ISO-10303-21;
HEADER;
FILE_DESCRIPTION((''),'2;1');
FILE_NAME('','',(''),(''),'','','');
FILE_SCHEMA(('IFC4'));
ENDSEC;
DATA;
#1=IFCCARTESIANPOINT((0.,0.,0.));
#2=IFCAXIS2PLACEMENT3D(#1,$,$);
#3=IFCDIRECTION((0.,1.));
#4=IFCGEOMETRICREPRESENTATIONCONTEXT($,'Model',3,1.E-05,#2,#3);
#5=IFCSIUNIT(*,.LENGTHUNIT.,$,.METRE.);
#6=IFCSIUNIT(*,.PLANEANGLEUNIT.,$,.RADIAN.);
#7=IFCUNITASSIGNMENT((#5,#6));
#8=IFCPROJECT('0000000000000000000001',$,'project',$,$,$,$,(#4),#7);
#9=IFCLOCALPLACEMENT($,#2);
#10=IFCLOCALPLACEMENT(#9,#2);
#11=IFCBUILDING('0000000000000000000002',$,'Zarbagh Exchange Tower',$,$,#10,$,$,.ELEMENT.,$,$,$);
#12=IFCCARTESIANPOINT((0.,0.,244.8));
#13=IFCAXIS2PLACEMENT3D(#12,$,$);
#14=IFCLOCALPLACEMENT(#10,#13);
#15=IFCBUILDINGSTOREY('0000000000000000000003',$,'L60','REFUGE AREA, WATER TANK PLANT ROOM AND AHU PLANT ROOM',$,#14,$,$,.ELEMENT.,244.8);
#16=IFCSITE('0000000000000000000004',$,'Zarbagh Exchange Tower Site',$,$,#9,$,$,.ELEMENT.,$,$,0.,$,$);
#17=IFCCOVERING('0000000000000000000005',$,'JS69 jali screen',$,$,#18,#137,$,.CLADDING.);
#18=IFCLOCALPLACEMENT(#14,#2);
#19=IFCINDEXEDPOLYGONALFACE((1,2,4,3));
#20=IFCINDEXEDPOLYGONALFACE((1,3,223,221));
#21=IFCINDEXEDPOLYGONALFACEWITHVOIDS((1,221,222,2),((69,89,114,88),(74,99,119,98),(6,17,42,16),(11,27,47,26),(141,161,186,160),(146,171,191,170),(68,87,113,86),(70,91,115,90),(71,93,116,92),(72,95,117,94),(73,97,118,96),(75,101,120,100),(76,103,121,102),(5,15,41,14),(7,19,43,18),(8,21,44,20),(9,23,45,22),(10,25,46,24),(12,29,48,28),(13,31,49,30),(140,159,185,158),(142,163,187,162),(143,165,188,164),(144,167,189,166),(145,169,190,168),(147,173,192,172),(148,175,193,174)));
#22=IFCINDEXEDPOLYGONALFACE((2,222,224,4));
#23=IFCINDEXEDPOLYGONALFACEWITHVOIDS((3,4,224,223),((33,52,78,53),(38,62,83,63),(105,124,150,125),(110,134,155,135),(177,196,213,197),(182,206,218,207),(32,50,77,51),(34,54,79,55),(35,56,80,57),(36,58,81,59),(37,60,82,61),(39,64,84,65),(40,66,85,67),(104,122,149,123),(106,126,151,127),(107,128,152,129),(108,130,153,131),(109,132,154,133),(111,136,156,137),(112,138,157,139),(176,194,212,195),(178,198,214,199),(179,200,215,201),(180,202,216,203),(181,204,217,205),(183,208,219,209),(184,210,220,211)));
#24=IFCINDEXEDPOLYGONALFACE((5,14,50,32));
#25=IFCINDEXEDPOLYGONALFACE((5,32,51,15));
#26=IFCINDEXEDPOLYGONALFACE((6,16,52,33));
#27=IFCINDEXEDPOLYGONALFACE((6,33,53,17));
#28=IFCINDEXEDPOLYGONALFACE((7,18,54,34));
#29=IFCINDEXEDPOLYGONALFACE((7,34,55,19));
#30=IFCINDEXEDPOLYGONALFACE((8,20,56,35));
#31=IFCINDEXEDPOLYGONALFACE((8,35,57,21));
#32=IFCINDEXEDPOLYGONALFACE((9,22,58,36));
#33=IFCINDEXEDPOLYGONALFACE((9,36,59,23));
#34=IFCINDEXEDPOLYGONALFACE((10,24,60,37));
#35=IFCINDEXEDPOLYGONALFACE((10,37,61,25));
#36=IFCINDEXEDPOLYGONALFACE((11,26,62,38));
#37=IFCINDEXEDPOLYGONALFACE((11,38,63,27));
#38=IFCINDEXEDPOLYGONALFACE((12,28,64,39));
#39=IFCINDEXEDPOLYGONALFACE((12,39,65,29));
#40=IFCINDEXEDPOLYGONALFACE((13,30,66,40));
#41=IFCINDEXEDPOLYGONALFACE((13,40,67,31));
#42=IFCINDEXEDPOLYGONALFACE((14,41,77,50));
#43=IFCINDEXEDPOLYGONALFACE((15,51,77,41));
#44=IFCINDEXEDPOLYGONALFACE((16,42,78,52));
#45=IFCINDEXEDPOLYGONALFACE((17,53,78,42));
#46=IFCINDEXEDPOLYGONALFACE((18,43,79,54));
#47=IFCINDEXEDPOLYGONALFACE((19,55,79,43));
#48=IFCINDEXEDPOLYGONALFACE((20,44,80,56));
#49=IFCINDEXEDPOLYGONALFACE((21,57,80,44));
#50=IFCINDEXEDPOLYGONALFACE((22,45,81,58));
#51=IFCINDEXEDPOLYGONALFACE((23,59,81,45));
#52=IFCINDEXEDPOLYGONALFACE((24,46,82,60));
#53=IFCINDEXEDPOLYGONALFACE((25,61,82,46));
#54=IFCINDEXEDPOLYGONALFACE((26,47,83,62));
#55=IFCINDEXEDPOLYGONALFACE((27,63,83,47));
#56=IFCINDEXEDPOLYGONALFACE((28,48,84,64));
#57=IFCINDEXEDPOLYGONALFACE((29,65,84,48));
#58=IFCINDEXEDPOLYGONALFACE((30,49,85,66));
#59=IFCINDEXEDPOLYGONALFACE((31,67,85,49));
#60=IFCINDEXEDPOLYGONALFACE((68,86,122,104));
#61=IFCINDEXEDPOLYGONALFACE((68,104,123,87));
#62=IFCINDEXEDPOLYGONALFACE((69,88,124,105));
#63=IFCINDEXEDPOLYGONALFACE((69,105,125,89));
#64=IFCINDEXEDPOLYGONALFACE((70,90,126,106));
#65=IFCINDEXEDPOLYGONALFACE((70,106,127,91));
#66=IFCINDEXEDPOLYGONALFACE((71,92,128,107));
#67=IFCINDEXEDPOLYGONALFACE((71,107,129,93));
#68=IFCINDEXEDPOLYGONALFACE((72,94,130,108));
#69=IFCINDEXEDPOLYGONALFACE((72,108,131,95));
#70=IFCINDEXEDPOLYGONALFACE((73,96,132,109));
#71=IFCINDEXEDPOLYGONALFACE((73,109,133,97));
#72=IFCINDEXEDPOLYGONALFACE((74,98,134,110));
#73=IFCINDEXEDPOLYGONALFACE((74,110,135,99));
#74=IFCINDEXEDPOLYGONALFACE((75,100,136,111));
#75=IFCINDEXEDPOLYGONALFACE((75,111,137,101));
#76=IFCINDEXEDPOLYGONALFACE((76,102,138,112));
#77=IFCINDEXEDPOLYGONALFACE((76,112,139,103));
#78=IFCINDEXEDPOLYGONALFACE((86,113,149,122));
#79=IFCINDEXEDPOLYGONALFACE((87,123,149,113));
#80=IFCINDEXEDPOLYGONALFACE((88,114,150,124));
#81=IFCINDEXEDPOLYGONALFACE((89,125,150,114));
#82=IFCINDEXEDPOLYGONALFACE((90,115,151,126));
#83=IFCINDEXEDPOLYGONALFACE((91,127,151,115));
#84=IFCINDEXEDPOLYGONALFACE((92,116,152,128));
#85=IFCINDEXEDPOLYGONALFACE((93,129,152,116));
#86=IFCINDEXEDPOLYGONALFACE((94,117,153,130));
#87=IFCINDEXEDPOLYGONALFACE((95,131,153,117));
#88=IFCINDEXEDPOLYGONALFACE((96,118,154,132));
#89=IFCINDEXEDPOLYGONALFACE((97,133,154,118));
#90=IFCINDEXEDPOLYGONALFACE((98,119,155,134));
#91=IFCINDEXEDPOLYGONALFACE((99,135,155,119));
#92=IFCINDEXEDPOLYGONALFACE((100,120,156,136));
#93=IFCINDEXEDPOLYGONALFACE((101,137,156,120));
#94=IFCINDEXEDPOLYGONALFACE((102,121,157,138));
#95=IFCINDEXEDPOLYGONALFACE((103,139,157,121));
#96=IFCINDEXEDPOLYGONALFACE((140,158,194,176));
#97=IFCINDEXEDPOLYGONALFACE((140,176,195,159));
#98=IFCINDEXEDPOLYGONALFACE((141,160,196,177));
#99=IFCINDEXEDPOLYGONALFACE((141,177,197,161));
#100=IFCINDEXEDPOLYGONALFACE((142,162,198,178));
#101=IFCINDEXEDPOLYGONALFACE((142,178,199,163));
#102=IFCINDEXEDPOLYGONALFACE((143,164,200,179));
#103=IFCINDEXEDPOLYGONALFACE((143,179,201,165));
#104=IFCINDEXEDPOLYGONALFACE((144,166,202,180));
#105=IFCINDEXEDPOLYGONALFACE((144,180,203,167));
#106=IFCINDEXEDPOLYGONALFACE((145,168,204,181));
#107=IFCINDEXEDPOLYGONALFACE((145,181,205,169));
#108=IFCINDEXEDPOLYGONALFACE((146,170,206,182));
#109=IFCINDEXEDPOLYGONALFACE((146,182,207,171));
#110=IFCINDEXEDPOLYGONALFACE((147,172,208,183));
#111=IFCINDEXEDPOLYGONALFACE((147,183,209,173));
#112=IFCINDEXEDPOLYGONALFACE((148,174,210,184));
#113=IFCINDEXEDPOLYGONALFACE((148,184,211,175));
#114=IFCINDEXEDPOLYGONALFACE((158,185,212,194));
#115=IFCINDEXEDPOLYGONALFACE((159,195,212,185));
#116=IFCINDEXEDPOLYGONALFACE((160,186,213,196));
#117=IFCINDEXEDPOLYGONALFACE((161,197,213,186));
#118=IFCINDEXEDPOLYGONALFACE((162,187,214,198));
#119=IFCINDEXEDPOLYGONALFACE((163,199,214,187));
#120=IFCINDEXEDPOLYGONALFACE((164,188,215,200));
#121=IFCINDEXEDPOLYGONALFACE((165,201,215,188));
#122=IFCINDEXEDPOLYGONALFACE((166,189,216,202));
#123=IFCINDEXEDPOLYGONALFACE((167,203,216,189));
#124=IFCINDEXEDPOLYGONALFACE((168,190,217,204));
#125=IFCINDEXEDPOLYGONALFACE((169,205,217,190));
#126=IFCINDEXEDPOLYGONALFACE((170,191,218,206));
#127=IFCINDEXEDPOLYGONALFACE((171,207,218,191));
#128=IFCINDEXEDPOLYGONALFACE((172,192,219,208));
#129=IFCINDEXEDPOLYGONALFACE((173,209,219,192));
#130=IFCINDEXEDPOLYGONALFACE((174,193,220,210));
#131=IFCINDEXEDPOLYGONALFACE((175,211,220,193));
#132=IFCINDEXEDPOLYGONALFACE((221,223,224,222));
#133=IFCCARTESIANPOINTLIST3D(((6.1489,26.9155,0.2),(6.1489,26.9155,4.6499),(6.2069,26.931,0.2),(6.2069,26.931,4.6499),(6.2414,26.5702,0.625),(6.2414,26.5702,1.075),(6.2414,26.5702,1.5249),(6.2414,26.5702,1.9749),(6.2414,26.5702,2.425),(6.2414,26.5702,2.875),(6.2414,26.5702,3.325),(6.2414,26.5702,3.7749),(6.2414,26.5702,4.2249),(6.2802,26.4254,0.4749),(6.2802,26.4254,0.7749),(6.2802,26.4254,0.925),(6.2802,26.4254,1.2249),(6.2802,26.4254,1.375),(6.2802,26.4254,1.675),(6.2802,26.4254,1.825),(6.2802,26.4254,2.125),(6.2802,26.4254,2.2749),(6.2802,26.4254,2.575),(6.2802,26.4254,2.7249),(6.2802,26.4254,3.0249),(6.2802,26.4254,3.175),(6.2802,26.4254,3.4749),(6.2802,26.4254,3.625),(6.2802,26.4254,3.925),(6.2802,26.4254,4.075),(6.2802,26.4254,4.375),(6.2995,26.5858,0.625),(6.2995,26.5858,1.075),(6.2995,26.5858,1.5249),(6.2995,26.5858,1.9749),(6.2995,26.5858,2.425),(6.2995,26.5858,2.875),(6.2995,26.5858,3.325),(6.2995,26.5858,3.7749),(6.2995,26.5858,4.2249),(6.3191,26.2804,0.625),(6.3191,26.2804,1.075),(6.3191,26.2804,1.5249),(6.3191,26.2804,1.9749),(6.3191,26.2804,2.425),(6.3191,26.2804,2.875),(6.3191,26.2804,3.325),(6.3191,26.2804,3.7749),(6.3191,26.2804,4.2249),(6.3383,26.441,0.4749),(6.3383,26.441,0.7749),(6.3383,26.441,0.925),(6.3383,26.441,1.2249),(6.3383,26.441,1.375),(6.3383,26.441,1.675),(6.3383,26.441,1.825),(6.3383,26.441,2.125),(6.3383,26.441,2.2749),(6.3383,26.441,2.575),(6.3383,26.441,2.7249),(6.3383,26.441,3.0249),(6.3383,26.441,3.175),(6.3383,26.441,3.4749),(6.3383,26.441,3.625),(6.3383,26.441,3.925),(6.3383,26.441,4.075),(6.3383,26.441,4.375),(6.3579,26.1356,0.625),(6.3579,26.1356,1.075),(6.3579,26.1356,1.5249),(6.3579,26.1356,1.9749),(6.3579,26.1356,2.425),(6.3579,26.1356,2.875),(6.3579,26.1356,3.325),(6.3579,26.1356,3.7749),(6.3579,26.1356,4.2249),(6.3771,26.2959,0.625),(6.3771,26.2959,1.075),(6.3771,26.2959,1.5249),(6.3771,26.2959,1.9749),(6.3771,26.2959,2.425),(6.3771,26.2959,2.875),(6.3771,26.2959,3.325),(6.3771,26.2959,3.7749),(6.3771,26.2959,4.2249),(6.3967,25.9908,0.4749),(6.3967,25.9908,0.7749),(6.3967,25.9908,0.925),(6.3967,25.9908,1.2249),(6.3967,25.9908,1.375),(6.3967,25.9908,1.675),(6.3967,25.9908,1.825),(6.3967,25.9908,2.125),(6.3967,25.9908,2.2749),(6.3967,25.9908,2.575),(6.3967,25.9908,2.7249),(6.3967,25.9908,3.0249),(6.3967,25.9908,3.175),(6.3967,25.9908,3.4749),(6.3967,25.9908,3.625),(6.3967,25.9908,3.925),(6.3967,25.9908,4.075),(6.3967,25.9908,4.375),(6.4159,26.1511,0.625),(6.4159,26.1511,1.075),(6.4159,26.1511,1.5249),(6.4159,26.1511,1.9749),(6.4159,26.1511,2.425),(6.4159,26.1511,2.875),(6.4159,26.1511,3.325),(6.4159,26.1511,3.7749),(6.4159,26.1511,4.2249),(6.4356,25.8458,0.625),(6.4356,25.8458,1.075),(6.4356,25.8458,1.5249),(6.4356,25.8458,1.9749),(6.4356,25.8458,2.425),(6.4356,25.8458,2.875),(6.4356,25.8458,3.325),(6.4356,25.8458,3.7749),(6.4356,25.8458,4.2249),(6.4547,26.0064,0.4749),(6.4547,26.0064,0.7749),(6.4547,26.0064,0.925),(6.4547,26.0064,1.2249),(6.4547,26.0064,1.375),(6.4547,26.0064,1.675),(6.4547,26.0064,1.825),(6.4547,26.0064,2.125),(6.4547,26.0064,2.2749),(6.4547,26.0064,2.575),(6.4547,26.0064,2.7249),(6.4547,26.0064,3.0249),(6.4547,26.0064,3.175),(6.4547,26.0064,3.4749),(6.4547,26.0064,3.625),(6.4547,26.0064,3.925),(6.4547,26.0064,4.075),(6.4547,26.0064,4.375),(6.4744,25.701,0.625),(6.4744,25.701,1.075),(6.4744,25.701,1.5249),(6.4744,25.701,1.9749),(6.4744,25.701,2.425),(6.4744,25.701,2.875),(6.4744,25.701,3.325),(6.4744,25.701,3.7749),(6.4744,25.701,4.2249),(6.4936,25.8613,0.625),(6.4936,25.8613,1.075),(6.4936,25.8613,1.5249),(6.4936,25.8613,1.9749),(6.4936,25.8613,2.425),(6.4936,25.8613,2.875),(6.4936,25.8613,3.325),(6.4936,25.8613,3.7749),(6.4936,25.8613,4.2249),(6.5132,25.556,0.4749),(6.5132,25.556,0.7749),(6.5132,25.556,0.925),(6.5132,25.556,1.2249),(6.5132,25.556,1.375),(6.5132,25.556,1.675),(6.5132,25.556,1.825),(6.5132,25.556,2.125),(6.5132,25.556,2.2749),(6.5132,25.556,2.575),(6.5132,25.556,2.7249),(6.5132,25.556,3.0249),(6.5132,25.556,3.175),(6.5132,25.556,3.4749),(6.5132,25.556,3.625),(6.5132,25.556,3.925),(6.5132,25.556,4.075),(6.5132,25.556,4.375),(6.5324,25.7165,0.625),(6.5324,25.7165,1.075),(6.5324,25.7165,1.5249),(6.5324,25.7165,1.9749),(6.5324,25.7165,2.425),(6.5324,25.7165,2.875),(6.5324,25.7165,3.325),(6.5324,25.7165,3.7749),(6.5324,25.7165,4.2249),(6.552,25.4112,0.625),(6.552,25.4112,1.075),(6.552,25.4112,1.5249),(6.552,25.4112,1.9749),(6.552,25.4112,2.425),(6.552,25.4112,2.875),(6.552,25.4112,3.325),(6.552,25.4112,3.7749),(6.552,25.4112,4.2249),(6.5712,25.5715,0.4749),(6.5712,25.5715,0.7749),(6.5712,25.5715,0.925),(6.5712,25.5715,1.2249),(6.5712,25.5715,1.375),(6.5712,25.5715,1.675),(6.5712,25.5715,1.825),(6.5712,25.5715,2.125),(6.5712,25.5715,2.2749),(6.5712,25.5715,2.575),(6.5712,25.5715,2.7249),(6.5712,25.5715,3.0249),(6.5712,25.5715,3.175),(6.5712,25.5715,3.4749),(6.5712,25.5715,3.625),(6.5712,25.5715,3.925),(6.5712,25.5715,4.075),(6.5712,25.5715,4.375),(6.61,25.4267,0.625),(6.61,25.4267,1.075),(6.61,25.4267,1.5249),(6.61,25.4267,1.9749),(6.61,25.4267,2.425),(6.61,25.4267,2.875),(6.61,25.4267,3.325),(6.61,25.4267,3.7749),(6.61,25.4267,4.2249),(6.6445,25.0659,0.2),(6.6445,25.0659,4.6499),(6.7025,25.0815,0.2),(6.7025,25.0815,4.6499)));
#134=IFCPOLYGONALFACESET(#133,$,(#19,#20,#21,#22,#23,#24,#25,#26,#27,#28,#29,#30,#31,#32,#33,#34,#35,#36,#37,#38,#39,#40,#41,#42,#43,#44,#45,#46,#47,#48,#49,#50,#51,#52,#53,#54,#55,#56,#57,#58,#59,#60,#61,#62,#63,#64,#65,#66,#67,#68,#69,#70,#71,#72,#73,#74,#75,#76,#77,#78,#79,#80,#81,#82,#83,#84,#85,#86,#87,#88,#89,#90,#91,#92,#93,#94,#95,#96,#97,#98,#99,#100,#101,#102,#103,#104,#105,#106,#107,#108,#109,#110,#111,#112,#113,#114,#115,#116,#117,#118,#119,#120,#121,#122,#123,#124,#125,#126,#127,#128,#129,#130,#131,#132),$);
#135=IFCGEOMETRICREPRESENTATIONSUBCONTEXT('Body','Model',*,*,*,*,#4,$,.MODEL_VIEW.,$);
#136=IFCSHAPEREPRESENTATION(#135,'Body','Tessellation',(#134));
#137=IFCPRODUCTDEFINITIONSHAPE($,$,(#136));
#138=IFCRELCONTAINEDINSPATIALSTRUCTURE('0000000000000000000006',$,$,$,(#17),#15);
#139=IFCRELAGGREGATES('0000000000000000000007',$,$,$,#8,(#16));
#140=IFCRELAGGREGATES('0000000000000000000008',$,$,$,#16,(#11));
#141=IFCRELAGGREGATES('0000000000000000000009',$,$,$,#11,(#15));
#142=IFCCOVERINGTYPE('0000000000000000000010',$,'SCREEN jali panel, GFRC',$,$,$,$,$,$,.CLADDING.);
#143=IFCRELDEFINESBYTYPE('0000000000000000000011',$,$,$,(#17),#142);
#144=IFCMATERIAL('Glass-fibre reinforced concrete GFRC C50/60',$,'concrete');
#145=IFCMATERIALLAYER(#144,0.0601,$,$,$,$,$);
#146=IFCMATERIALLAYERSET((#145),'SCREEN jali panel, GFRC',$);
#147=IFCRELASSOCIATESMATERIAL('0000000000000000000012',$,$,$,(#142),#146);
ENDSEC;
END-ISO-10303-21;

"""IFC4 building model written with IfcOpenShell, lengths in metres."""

from ifc_helpers import new_model, si_unit, direction, frame, origin, place, context, subcontext, project, spatial, polyline, outline, extrude, source, transform, mapped, material, layer, layer_set, type_object, element, save


model = new_model("IFC4")

# Units and contexts
model_context = context("Model", 3, precision=1e-05, world=origin(), true_north=direction((0.0, 1.0)))
body_context = subcontext(model_context, "Body", "Model", "MODEL_VIEW")
ifc_project = project(units=[si_unit("LENGTHUNIT", "METRE"), si_unit("PLANEANGLEUNIT", "RADIAN")], contexts=[model_context])

# Site, building, storey
site_placement = place(None, origin())
site = spatial("IfcSite", under=ifc_project, at=site_placement, Name="Zarbagh Exchange Tower Site", CompositionType="ELEMENT", RefElevation=0.0)
building_placement = place(site_placement, origin())
building = spatial("IfcBuilding", under=site, at=building_placement, Name="Zarbagh Exchange Tower", CompositionType="ELEMENT")
storey_placement = place(building_placement, frame((0.0, 0.0, 244.8)))
storey = spatial("IfcBuildingStorey", under=building, at=storey_placement, Name="L60", Description="REFUGE AREA, WATER TANK PLANT ROOM AND AHU PLANT ROOM", CompositionType="ELEMENT", Elevation=244.8)

# Shared definitions
ifc_material_1 = material(Name="Glass-fibre reinforced concrete GFRC C50/60", Category="concrete")
ifc_layer_1 = layer(ifc_material_1, 0.0601)
ifc_layer_set_1 = layer_set([ifc_layer_1], Name="SCREEN jali panel, GFRC")
covering_type = type_object("IfcCoveringType", Name="SCREEN jali panel, GFRC", PredefinedType="CLADDING", material=ifc_layer_set_1)
placement = place(storey_placement, origin())

# Covering
shared_shape_1 = source(origin(), body_context, "Body", "SweptSolid", [
    extrude(outline(polyline([(0.0, 0.0), (1.9148, 0.0), (1.9148, 4.45), (0.0, 4.45), (0.0, 0.0)]), holes=[polyline([(0.3574, 0.425), (0.5073, 0.2749), (0.6575, 0.425), (0.5073, 0.575), (0.3574, 0.425)]), polyline([(0.3574, 0.875), (0.5073, 0.7251), (0.6575, 0.875), (0.5073, 1.0249), (0.3574, 0.875)]), polyline([(0.3574, 1.325), (0.5073, 1.175), (0.6575, 1.325), (0.5073, 1.4751), (0.3574, 1.325)]), polyline([(0.3574, 1.7749), (0.5073, 1.625), (0.6575, 1.7749), (0.5073, 1.925), (0.3574, 1.7749)]), polyline([(0.3574, 2.2251), (0.5073, 2.075), (0.6575, 2.2251), (0.5073, 2.375), (0.3574, 2.2251)]), polyline([(0.3574, 2.675), (0.5073, 2.5249), (0.6575, 2.675), (0.5073, 2.825), (0.3574, 2.675)]), polyline([(0.3574, 3.125), (0.5073, 2.9751), (0.6575, 3.125), (0.5073, 3.2749), (0.3574, 3.125)]), polyline([(0.3574, 3.575), (0.5073, 3.425), (0.6575, 3.575), (0.5073, 3.7251), (0.3574, 3.575)]), polyline([(0.3574, 4.0249), (0.5073, 3.875), (0.6575, 4.0249), (0.5073, 4.175), (0.3574, 4.0249)]), polyline([(0.8074, 0.425), (0.9575, 0.2749), (1.1074, 0.425), (0.9575, 0.575), (0.8074, 0.425)]), polyline([(0.8074, 0.875), (0.9575, 0.7251), (1.1074, 0.875), (0.9575, 1.0249), (0.8074, 0.875)]), polyline([(0.8074, 1.325), (0.9575, 1.175), (1.1074, 1.325), (0.9575, 1.4751), (0.8074, 1.325)]), polyline([(0.8074, 1.7749), (0.9575, 1.625), (1.1074, 1.7749), (0.9575, 1.925), (0.8074, 1.7749)]), polyline([(0.8074, 2.2251), (0.9575, 2.075), (1.1074, 2.2251), (0.9575, 2.375), (0.8074, 2.2251)]), polyline([(0.8074, 2.675), (0.9575, 2.5249), (1.1074, 2.675), (0.9575, 2.825), (0.8074, 2.675)]), polyline([(0.8074, 3.125), (0.9575, 2.9751), (1.1074, 3.125), (0.9575, 3.2749), (0.8074, 3.125)]), polyline([(0.8074, 3.575), (0.9575, 3.425), (1.1074, 3.575), (0.9575, 3.7251), (0.8074, 3.575)]), polyline([(0.8074, 4.0249), (0.9575, 3.875), (1.1074, 4.0249), (0.9575, 4.175), (0.8074, 4.0249)]), polyline([(1.2573, 0.425), (1.4075, 0.2749), (1.5574, 0.425), (1.4075, 0.575), (1.2573, 0.425)]), polyline([(1.2573, 0.875), (1.4075, 0.7251), (1.5574, 0.875), (1.4075, 1.0249), (1.2573, 0.875)]), polyline([(1.2573, 1.325), (1.4075, 1.175), (1.5574, 1.325), (1.4075, 1.4751), (1.2573, 1.325)]), polyline([(1.2573, 1.7749), (1.4075, 1.625), (1.5574, 1.7749), (1.4075, 1.925), (1.2573, 1.7749)]), polyline([(1.2573, 2.2251), (1.4075, 2.075), (1.5574, 2.2251), (1.4075, 2.375), (1.2573, 2.2251)]), polyline([(1.2573, 2.675), (1.4075, 2.5249), (1.5574, 2.675), (1.4075, 2.825), (1.2573, 2.675)]), polyline([(1.2573, 3.125), (1.4075, 2.9751), (1.5574, 3.125), (1.4075, 3.2749), (1.2573, 3.125)]), polyline([(1.2573, 3.575), (1.4075, 3.425), (1.5574, 3.575), (1.4075, 3.7251), (1.2573, 3.575)]), polyline([(1.2573, 4.0249), (1.4075, 3.875), (1.5574, 4.0249), (1.4075, 4.175), (1.2573, 4.0249)])]), origin(), (0.0, 0.0, 1.0), 0.0601),
])
element("IfcCovering", 1, at=placement, inside=storey, type_object=covering_type, Name="JS69 jali screen", PredefinedType="CLADDING", context=body_context, shape_type="MappedRepresentation", body=[
    mapped(shared_shape_1, transform((6.6445, 25.0659, 0.2), x_axis=(-0.258825, 0.965924, 0.0), y_axis=(0.0, 0.0, 1.0), z_axis=(0.965924, 0.258825, 0.0))),
])

save(model, "model.ifc")
